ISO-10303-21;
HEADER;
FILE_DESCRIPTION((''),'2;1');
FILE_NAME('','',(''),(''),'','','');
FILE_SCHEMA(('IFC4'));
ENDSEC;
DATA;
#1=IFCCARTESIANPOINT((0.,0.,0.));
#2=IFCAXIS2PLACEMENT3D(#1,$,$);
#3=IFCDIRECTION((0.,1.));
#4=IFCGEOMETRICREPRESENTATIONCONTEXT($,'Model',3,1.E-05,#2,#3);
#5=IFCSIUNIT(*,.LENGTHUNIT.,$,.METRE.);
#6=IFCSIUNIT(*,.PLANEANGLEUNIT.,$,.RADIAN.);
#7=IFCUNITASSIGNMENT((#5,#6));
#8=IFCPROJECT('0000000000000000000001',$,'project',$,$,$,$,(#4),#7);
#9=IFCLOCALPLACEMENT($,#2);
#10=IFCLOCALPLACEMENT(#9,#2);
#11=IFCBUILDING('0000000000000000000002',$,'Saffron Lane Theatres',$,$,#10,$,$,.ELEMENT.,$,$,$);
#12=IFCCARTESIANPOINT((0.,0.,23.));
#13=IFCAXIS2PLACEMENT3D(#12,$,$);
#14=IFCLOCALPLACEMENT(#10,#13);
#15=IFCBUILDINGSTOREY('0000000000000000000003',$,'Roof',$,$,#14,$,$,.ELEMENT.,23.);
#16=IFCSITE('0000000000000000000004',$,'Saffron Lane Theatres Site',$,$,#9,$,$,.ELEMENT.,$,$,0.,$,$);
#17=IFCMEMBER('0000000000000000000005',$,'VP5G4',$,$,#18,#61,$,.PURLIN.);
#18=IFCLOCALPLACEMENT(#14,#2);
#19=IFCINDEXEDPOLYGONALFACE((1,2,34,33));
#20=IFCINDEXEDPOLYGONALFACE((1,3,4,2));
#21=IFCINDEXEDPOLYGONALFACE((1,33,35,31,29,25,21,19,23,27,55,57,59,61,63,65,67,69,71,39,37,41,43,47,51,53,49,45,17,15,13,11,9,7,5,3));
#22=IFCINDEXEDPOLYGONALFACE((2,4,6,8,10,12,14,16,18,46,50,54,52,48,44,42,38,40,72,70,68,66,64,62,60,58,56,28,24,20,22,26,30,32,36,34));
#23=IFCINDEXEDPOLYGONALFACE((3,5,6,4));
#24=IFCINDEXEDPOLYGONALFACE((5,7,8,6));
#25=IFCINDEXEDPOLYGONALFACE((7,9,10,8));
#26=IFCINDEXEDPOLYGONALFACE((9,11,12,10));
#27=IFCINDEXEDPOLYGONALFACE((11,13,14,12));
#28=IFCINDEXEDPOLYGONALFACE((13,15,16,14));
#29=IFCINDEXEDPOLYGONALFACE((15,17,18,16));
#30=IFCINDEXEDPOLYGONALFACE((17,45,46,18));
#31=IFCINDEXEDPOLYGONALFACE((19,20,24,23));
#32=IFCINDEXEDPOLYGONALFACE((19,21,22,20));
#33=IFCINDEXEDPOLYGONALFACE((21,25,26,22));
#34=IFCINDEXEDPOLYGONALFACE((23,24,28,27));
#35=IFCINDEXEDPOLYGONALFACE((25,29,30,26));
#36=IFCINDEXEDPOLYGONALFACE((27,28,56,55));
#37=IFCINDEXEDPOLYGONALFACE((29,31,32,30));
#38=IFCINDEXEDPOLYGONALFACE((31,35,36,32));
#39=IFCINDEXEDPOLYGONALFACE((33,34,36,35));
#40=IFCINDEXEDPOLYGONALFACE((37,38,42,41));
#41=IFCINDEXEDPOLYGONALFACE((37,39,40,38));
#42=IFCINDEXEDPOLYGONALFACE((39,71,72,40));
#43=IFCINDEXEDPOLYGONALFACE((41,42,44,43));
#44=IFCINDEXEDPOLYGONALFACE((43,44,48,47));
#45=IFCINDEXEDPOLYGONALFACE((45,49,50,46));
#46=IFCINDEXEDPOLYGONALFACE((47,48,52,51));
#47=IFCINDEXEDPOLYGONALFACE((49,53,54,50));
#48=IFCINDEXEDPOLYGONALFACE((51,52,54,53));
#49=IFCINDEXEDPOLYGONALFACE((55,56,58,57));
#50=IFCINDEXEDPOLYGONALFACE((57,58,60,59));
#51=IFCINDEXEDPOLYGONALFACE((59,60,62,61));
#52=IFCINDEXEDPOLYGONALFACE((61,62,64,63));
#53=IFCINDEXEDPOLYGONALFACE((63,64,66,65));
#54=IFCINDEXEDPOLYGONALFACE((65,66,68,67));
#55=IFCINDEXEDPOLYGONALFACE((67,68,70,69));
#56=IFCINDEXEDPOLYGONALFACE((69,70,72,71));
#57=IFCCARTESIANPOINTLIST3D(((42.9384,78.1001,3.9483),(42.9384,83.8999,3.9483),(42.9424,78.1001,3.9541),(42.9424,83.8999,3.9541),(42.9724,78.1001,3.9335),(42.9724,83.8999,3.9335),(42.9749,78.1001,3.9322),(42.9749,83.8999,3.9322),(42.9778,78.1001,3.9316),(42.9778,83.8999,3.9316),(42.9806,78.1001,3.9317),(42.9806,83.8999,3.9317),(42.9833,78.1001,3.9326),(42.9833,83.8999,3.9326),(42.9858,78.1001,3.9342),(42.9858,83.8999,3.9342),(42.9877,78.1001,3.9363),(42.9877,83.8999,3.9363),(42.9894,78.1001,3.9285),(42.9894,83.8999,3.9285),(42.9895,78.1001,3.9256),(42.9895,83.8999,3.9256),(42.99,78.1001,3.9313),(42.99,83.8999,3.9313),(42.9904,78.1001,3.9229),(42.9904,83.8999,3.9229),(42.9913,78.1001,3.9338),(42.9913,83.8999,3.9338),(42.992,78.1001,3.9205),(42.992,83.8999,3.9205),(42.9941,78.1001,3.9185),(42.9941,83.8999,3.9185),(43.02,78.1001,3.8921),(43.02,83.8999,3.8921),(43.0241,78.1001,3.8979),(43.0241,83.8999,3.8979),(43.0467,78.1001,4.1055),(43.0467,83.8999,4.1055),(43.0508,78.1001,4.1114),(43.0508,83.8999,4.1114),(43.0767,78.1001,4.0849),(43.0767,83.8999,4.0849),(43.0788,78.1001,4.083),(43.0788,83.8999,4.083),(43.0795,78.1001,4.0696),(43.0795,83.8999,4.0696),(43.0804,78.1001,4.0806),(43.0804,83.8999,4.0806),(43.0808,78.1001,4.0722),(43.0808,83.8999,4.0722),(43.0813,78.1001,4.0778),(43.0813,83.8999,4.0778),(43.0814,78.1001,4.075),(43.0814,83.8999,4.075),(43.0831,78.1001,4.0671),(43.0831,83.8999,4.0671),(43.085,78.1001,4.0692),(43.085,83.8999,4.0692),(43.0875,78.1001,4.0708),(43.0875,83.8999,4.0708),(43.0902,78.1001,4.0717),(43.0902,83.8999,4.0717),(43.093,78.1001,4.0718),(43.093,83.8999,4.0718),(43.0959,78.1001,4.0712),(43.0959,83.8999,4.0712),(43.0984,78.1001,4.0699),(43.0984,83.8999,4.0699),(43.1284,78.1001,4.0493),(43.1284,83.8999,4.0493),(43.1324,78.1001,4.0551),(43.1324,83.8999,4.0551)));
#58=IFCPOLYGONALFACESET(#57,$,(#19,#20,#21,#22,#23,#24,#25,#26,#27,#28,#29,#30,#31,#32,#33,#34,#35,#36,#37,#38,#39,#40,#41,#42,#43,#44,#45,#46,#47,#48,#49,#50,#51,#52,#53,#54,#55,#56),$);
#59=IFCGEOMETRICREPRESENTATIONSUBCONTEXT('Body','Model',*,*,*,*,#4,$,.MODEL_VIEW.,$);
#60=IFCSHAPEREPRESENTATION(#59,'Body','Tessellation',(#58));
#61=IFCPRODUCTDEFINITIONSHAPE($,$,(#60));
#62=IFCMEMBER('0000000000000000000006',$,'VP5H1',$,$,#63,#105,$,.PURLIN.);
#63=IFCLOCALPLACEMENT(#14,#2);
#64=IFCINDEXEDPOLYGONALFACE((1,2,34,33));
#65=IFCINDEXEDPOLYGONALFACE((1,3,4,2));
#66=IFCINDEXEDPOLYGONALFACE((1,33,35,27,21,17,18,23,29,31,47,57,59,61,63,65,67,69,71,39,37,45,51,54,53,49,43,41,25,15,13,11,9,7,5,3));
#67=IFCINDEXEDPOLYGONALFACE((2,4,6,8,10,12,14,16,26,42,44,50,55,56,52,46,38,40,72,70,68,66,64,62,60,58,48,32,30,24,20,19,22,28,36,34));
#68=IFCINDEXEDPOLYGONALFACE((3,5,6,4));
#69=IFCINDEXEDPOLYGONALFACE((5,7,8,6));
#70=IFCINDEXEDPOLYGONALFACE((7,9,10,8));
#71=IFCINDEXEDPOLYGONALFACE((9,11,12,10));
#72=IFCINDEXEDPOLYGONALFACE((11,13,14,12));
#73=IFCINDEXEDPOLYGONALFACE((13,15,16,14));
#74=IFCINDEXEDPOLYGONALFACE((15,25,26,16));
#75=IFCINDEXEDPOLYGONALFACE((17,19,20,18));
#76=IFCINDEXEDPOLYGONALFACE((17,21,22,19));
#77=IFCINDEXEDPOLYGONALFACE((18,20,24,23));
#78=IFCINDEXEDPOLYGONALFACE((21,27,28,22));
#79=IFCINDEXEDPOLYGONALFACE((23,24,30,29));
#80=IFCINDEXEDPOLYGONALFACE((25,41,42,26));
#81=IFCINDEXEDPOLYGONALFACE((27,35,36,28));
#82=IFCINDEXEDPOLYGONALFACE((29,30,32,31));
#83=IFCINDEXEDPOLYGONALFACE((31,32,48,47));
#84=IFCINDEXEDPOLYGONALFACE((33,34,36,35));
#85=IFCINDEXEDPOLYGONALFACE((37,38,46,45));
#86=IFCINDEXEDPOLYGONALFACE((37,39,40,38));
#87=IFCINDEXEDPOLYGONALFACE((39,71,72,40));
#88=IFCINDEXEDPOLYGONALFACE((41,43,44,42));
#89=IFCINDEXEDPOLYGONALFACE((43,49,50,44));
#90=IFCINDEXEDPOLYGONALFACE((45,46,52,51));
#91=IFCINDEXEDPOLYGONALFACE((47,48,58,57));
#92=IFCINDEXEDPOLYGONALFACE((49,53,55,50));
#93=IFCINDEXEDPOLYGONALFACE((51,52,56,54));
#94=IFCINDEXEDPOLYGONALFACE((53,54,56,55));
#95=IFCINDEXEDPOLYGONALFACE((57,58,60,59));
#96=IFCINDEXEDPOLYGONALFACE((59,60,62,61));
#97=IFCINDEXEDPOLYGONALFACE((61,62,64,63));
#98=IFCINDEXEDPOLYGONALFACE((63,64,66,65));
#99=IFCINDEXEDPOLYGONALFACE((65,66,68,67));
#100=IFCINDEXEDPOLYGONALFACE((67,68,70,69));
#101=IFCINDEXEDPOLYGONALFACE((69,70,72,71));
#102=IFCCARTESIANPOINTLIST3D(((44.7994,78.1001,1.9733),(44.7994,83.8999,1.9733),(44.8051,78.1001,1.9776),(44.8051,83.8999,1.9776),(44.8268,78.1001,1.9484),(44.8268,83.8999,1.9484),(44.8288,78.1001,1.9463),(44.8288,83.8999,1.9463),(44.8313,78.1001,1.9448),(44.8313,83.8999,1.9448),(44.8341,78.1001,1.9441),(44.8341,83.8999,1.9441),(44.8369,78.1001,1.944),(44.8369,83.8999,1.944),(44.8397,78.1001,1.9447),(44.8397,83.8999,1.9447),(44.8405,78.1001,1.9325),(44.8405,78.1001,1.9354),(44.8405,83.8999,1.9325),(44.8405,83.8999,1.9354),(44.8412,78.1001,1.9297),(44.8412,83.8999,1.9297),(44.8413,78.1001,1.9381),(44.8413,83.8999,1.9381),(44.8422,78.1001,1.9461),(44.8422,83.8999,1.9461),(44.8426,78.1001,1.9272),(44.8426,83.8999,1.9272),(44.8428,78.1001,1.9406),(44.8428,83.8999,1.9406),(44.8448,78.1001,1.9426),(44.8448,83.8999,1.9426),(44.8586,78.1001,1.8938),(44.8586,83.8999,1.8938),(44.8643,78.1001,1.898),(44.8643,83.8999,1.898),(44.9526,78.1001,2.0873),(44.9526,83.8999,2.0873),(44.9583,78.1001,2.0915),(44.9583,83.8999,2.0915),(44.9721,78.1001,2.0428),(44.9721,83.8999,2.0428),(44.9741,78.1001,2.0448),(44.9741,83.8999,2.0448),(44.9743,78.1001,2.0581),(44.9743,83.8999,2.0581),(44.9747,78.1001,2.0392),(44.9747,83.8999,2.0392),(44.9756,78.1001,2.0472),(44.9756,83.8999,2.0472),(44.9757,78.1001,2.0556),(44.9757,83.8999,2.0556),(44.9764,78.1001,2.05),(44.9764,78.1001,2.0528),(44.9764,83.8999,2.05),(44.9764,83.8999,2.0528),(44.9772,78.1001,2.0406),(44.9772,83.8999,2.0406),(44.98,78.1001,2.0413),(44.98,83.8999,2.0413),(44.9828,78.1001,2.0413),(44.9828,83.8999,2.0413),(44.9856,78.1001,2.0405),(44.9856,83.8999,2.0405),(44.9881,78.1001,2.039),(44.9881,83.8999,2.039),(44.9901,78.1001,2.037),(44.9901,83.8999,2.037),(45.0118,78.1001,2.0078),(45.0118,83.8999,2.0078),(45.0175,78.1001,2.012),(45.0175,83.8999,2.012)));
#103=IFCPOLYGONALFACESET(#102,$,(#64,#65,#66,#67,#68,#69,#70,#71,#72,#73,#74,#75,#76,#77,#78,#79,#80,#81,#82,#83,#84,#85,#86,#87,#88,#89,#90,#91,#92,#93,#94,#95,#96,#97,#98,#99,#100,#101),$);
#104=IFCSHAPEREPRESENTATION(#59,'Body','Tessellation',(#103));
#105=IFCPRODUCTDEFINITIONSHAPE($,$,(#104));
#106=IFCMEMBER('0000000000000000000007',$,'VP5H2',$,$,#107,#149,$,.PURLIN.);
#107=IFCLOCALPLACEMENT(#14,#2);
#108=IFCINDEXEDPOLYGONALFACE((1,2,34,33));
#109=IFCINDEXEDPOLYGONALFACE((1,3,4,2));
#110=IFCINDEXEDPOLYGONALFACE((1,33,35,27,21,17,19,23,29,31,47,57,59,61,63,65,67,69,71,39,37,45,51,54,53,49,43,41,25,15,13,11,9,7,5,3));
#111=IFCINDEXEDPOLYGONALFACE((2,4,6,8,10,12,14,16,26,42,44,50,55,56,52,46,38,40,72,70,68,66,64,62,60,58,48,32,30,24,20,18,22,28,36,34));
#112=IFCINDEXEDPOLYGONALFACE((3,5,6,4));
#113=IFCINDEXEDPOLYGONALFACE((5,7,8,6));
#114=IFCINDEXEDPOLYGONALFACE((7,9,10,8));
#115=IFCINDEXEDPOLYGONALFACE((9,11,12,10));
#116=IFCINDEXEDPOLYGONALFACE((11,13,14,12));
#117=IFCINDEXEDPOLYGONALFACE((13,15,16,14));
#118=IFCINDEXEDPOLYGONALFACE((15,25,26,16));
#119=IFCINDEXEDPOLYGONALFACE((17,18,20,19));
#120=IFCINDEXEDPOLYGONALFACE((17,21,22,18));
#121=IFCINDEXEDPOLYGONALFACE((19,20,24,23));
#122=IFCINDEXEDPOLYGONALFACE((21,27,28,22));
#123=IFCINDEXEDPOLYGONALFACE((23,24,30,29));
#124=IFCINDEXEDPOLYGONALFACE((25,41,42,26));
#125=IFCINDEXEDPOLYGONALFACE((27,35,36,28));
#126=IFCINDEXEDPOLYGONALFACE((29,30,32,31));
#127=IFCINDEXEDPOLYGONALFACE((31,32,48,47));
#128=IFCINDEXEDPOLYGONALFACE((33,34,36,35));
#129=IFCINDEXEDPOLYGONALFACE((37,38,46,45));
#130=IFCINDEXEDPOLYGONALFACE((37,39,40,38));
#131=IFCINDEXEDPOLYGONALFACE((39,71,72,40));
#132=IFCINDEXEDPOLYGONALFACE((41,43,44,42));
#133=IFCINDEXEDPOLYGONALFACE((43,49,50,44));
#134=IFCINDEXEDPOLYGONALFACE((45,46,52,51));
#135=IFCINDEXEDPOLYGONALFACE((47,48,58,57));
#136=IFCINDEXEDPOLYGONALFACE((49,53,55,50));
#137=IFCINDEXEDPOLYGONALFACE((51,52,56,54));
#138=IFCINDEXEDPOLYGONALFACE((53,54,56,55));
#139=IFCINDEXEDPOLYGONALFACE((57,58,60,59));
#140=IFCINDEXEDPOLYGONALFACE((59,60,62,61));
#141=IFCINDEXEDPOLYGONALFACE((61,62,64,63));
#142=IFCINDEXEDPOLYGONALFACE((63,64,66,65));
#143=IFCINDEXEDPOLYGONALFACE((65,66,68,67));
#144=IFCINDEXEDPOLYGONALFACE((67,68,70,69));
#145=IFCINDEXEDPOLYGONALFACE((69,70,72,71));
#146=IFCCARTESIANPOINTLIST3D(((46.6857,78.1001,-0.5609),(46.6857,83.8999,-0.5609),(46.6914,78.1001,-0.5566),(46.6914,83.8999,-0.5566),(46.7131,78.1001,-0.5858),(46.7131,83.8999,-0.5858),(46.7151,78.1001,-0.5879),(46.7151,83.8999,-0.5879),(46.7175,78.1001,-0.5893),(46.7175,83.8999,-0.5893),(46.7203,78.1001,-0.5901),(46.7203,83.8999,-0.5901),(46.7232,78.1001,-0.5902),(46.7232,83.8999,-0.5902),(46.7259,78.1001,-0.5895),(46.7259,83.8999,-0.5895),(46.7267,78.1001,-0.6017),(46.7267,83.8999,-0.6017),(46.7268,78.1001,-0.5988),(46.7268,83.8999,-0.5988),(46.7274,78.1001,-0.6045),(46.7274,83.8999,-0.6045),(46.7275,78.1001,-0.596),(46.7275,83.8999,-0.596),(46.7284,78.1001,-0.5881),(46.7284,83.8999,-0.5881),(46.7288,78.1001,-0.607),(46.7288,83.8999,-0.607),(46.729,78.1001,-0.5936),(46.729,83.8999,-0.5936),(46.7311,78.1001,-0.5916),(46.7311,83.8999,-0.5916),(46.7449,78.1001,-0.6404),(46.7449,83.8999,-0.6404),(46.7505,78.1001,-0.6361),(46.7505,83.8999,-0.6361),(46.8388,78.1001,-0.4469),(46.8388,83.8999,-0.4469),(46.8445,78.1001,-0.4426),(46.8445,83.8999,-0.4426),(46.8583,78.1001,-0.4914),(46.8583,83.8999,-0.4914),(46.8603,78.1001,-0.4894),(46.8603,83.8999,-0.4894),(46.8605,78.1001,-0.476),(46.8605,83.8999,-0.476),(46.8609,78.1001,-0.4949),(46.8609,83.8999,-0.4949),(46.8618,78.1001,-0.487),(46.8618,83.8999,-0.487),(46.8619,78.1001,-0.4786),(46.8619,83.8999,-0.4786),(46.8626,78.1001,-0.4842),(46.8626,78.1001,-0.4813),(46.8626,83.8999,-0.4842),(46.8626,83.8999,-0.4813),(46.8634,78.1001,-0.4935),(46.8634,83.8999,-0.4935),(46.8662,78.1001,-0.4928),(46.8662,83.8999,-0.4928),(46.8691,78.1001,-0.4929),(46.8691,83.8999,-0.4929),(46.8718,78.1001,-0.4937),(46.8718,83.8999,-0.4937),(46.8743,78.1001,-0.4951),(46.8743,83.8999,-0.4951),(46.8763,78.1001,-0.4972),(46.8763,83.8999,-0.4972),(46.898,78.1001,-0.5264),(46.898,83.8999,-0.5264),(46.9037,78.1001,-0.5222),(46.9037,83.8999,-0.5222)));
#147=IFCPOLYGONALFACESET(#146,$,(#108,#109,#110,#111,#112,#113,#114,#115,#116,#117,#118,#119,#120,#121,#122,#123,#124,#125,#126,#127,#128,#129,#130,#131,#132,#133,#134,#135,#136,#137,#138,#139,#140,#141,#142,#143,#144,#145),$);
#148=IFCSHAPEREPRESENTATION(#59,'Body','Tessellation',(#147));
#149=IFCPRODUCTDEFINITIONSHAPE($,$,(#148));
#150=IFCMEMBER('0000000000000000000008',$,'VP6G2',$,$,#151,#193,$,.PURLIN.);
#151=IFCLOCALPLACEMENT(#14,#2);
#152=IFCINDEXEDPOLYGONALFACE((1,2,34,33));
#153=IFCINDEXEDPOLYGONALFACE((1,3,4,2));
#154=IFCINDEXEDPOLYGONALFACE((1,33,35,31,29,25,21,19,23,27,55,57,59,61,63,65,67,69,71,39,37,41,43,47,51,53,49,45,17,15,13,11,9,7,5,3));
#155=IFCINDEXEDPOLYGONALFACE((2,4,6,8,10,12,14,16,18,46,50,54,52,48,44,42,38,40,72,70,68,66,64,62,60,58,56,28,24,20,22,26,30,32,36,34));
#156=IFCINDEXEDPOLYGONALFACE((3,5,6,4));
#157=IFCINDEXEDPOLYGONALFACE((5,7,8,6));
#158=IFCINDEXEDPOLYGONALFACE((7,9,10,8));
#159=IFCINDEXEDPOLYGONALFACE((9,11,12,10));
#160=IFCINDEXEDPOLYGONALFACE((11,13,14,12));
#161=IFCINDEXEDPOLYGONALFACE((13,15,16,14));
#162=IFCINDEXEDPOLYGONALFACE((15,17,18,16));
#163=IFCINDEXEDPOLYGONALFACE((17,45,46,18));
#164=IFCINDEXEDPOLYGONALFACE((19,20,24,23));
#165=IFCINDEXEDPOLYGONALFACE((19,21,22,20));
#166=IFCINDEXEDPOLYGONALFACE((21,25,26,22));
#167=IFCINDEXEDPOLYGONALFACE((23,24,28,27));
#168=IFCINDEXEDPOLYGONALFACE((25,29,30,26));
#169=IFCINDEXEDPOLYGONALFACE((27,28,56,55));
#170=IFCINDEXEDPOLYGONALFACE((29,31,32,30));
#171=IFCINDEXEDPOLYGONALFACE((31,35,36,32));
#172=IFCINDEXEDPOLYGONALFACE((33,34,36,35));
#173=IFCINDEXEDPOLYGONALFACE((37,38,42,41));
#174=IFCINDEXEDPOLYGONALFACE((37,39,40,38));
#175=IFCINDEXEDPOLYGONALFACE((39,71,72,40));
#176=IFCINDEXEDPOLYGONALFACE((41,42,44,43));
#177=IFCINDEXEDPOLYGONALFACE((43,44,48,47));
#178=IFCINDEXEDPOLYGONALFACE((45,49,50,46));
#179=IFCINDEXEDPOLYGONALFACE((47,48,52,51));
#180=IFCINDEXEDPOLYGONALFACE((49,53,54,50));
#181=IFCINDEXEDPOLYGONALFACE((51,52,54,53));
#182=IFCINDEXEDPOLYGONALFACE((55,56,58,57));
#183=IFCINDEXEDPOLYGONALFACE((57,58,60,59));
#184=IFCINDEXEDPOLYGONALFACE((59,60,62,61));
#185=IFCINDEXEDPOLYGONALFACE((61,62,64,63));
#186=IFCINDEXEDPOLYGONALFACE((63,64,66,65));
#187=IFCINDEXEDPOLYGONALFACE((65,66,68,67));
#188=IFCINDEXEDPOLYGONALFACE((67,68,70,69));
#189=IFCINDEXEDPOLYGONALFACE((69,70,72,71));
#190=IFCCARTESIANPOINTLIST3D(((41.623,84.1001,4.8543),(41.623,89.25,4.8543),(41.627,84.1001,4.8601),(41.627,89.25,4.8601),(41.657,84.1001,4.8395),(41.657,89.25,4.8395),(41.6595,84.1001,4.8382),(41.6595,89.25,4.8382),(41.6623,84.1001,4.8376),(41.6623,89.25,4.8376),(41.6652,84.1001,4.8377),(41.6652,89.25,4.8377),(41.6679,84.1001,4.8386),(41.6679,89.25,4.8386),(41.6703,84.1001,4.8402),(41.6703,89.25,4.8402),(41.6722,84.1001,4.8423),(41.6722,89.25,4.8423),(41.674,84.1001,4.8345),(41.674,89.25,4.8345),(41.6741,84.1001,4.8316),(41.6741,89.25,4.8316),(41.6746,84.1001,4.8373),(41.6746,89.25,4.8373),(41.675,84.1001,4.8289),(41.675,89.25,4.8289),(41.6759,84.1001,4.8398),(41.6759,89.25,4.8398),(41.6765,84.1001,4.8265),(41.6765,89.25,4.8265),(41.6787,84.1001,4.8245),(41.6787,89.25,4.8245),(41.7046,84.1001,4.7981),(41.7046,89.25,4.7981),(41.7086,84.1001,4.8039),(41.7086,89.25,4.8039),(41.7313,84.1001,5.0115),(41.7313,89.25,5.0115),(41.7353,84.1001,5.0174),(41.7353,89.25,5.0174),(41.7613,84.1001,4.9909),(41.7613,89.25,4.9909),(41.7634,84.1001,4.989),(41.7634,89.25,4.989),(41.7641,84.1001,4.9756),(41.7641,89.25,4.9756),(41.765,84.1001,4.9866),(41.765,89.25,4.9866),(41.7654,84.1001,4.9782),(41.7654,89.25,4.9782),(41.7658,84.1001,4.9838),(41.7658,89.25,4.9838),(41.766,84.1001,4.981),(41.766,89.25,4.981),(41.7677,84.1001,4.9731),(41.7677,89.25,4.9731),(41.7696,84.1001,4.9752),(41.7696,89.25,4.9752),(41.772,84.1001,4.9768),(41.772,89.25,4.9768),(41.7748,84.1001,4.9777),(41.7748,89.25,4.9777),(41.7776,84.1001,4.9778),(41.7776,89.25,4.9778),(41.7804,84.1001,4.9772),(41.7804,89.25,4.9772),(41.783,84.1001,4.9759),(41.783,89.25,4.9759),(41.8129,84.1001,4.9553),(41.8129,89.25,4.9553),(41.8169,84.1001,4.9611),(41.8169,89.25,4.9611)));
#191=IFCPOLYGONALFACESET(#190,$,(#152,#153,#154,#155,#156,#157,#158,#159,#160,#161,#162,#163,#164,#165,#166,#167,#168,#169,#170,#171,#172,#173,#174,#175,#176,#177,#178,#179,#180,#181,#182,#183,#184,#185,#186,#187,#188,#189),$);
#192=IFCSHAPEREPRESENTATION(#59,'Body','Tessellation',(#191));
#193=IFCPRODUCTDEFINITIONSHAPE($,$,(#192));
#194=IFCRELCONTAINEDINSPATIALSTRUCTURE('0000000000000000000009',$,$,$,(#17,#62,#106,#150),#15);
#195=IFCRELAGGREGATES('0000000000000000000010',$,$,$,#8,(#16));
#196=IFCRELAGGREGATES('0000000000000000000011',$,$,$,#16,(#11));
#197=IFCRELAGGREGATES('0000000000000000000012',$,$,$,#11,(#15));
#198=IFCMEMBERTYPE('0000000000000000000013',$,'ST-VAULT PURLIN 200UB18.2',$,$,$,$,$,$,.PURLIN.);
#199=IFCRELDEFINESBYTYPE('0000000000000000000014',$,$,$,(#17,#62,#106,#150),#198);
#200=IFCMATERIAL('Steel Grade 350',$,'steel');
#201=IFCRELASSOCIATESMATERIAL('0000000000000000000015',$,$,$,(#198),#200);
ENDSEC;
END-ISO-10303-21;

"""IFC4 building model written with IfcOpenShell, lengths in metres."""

from ifc_helpers import new_model, si_unit, direction, frame, origin, origin_2d, place, context, subcontext, project, spatial, i_section, extrude, material, material_profile, profile_set, type_object, element, save


model = new_model("IFC4")

# Units and contexts
model_context = context("Model", 3, precision=1e-05, world=origin(), true_north=direction((0.0, 1.0)))
body_context = subcontext(model_context, "Body", "Model", "MODEL_VIEW")
ifc_project = project(units=[si_unit("LENGTHUNIT", "METRE"), si_unit("PLANEANGLEUNIT", "RADIAN")], contexts=[model_context])

# Site, building, storey
site_placement = place(None, origin())
site = spatial("IfcSite", under=ifc_project, at=site_placement, Name="Saffron Lane Theatres Site", CompositionType="ELEMENT", RefElevation=0.0)
building_placement = place(site_placement, origin())
building = spatial("IfcBuilding", under=site, at=building_placement, Name="Saffron Lane Theatres", CompositionType="ELEMENT")
storey_placement = place(building_placement, frame((0.0, 0.0, 23.0)))
storey = spatial("IfcBuildingStorey", under=building, at=storey_placement, Name="Roof", CompositionType="ELEMENT", Elevation=23.0)

# Members
ifc_material_1 = material(Name="Steel Grade 350", Category="steel")
ifc_material_profile_1 = material_profile(ifc_material_1, i_section(OverallWidth=0.0991, OverallDepth=0.198, WebThickness=0.0044, FlangeThickness=0.0071, FilletRadius=0.011, at=origin_2d()))
ifc_profile_set_1 = profile_set([ifc_material_profile_1], Name="Steel Grade 350")
member_type_1 = type_object("IfcMemberType", Name="ST-VAULT PURLIN 200UB18.2", PredefinedType="PURLIN", material=ifc_profile_set_1)
for number, where, z_axis, x_axis, name in (
    (1, (43.0354, 78.1001, 4.0017), (0.0, 1.0, 0.0), (0.823487, 0.0, -0.567335), "VP5G4"),
    (2, (44.9084, 78.1001, 1.9927), (0.0, 1.0, 0.0), (0.597069, 0.0, -0.80219), "VP5H1"),
    (3, (46.7947, 78.1001, -0.5415), (0.0, 1.0, 0.0), (0.597069, 0.0, -0.80219), "VP5H2"),
):
    element("IfcMember", number, at=place(storey_placement, frame(where, z_axis=z_axis, x_axis=x_axis)), inside=storey, type_object=member_type_1, Name=name, PredefinedType="PURLIN", context=body_context, shape_type="SweptSolid", body=[
        extrude(i_section(OverallWidth=0.0991, OverallDepth=0.198, WebThickness=0.0044, FlangeThickness=0.0071, FilletRadius=0.011, at=origin_2d()), origin(), (0.0, 0.0, 1.0), 5.7998),
    ])
for number, where, z_axis, x_axis, name in (
    (4, (41.72, 84.1001, 4.9077), (0.0, 1.0, 0.0), (0.823487, 0.0, -0.567335), "VP6G2"),
):
    element("IfcMember", number, at=place(storey_placement, frame(where, z_axis=z_axis, x_axis=x_axis)), inside=storey, type_object=member_type_1, Name=name, PredefinedType="PURLIN", context=body_context, shape_type="SweptSolid", body=[
        extrude(i_section(OverallWidth=0.0991, OverallDepth=0.198, WebThickness=0.0044, FlangeThickness=0.0071, FilletRadius=0.011, at=origin_2d()), origin(), (0.0, 0.0, 1.0), 5.1499),
    ])

save(model, "model.ifc")
